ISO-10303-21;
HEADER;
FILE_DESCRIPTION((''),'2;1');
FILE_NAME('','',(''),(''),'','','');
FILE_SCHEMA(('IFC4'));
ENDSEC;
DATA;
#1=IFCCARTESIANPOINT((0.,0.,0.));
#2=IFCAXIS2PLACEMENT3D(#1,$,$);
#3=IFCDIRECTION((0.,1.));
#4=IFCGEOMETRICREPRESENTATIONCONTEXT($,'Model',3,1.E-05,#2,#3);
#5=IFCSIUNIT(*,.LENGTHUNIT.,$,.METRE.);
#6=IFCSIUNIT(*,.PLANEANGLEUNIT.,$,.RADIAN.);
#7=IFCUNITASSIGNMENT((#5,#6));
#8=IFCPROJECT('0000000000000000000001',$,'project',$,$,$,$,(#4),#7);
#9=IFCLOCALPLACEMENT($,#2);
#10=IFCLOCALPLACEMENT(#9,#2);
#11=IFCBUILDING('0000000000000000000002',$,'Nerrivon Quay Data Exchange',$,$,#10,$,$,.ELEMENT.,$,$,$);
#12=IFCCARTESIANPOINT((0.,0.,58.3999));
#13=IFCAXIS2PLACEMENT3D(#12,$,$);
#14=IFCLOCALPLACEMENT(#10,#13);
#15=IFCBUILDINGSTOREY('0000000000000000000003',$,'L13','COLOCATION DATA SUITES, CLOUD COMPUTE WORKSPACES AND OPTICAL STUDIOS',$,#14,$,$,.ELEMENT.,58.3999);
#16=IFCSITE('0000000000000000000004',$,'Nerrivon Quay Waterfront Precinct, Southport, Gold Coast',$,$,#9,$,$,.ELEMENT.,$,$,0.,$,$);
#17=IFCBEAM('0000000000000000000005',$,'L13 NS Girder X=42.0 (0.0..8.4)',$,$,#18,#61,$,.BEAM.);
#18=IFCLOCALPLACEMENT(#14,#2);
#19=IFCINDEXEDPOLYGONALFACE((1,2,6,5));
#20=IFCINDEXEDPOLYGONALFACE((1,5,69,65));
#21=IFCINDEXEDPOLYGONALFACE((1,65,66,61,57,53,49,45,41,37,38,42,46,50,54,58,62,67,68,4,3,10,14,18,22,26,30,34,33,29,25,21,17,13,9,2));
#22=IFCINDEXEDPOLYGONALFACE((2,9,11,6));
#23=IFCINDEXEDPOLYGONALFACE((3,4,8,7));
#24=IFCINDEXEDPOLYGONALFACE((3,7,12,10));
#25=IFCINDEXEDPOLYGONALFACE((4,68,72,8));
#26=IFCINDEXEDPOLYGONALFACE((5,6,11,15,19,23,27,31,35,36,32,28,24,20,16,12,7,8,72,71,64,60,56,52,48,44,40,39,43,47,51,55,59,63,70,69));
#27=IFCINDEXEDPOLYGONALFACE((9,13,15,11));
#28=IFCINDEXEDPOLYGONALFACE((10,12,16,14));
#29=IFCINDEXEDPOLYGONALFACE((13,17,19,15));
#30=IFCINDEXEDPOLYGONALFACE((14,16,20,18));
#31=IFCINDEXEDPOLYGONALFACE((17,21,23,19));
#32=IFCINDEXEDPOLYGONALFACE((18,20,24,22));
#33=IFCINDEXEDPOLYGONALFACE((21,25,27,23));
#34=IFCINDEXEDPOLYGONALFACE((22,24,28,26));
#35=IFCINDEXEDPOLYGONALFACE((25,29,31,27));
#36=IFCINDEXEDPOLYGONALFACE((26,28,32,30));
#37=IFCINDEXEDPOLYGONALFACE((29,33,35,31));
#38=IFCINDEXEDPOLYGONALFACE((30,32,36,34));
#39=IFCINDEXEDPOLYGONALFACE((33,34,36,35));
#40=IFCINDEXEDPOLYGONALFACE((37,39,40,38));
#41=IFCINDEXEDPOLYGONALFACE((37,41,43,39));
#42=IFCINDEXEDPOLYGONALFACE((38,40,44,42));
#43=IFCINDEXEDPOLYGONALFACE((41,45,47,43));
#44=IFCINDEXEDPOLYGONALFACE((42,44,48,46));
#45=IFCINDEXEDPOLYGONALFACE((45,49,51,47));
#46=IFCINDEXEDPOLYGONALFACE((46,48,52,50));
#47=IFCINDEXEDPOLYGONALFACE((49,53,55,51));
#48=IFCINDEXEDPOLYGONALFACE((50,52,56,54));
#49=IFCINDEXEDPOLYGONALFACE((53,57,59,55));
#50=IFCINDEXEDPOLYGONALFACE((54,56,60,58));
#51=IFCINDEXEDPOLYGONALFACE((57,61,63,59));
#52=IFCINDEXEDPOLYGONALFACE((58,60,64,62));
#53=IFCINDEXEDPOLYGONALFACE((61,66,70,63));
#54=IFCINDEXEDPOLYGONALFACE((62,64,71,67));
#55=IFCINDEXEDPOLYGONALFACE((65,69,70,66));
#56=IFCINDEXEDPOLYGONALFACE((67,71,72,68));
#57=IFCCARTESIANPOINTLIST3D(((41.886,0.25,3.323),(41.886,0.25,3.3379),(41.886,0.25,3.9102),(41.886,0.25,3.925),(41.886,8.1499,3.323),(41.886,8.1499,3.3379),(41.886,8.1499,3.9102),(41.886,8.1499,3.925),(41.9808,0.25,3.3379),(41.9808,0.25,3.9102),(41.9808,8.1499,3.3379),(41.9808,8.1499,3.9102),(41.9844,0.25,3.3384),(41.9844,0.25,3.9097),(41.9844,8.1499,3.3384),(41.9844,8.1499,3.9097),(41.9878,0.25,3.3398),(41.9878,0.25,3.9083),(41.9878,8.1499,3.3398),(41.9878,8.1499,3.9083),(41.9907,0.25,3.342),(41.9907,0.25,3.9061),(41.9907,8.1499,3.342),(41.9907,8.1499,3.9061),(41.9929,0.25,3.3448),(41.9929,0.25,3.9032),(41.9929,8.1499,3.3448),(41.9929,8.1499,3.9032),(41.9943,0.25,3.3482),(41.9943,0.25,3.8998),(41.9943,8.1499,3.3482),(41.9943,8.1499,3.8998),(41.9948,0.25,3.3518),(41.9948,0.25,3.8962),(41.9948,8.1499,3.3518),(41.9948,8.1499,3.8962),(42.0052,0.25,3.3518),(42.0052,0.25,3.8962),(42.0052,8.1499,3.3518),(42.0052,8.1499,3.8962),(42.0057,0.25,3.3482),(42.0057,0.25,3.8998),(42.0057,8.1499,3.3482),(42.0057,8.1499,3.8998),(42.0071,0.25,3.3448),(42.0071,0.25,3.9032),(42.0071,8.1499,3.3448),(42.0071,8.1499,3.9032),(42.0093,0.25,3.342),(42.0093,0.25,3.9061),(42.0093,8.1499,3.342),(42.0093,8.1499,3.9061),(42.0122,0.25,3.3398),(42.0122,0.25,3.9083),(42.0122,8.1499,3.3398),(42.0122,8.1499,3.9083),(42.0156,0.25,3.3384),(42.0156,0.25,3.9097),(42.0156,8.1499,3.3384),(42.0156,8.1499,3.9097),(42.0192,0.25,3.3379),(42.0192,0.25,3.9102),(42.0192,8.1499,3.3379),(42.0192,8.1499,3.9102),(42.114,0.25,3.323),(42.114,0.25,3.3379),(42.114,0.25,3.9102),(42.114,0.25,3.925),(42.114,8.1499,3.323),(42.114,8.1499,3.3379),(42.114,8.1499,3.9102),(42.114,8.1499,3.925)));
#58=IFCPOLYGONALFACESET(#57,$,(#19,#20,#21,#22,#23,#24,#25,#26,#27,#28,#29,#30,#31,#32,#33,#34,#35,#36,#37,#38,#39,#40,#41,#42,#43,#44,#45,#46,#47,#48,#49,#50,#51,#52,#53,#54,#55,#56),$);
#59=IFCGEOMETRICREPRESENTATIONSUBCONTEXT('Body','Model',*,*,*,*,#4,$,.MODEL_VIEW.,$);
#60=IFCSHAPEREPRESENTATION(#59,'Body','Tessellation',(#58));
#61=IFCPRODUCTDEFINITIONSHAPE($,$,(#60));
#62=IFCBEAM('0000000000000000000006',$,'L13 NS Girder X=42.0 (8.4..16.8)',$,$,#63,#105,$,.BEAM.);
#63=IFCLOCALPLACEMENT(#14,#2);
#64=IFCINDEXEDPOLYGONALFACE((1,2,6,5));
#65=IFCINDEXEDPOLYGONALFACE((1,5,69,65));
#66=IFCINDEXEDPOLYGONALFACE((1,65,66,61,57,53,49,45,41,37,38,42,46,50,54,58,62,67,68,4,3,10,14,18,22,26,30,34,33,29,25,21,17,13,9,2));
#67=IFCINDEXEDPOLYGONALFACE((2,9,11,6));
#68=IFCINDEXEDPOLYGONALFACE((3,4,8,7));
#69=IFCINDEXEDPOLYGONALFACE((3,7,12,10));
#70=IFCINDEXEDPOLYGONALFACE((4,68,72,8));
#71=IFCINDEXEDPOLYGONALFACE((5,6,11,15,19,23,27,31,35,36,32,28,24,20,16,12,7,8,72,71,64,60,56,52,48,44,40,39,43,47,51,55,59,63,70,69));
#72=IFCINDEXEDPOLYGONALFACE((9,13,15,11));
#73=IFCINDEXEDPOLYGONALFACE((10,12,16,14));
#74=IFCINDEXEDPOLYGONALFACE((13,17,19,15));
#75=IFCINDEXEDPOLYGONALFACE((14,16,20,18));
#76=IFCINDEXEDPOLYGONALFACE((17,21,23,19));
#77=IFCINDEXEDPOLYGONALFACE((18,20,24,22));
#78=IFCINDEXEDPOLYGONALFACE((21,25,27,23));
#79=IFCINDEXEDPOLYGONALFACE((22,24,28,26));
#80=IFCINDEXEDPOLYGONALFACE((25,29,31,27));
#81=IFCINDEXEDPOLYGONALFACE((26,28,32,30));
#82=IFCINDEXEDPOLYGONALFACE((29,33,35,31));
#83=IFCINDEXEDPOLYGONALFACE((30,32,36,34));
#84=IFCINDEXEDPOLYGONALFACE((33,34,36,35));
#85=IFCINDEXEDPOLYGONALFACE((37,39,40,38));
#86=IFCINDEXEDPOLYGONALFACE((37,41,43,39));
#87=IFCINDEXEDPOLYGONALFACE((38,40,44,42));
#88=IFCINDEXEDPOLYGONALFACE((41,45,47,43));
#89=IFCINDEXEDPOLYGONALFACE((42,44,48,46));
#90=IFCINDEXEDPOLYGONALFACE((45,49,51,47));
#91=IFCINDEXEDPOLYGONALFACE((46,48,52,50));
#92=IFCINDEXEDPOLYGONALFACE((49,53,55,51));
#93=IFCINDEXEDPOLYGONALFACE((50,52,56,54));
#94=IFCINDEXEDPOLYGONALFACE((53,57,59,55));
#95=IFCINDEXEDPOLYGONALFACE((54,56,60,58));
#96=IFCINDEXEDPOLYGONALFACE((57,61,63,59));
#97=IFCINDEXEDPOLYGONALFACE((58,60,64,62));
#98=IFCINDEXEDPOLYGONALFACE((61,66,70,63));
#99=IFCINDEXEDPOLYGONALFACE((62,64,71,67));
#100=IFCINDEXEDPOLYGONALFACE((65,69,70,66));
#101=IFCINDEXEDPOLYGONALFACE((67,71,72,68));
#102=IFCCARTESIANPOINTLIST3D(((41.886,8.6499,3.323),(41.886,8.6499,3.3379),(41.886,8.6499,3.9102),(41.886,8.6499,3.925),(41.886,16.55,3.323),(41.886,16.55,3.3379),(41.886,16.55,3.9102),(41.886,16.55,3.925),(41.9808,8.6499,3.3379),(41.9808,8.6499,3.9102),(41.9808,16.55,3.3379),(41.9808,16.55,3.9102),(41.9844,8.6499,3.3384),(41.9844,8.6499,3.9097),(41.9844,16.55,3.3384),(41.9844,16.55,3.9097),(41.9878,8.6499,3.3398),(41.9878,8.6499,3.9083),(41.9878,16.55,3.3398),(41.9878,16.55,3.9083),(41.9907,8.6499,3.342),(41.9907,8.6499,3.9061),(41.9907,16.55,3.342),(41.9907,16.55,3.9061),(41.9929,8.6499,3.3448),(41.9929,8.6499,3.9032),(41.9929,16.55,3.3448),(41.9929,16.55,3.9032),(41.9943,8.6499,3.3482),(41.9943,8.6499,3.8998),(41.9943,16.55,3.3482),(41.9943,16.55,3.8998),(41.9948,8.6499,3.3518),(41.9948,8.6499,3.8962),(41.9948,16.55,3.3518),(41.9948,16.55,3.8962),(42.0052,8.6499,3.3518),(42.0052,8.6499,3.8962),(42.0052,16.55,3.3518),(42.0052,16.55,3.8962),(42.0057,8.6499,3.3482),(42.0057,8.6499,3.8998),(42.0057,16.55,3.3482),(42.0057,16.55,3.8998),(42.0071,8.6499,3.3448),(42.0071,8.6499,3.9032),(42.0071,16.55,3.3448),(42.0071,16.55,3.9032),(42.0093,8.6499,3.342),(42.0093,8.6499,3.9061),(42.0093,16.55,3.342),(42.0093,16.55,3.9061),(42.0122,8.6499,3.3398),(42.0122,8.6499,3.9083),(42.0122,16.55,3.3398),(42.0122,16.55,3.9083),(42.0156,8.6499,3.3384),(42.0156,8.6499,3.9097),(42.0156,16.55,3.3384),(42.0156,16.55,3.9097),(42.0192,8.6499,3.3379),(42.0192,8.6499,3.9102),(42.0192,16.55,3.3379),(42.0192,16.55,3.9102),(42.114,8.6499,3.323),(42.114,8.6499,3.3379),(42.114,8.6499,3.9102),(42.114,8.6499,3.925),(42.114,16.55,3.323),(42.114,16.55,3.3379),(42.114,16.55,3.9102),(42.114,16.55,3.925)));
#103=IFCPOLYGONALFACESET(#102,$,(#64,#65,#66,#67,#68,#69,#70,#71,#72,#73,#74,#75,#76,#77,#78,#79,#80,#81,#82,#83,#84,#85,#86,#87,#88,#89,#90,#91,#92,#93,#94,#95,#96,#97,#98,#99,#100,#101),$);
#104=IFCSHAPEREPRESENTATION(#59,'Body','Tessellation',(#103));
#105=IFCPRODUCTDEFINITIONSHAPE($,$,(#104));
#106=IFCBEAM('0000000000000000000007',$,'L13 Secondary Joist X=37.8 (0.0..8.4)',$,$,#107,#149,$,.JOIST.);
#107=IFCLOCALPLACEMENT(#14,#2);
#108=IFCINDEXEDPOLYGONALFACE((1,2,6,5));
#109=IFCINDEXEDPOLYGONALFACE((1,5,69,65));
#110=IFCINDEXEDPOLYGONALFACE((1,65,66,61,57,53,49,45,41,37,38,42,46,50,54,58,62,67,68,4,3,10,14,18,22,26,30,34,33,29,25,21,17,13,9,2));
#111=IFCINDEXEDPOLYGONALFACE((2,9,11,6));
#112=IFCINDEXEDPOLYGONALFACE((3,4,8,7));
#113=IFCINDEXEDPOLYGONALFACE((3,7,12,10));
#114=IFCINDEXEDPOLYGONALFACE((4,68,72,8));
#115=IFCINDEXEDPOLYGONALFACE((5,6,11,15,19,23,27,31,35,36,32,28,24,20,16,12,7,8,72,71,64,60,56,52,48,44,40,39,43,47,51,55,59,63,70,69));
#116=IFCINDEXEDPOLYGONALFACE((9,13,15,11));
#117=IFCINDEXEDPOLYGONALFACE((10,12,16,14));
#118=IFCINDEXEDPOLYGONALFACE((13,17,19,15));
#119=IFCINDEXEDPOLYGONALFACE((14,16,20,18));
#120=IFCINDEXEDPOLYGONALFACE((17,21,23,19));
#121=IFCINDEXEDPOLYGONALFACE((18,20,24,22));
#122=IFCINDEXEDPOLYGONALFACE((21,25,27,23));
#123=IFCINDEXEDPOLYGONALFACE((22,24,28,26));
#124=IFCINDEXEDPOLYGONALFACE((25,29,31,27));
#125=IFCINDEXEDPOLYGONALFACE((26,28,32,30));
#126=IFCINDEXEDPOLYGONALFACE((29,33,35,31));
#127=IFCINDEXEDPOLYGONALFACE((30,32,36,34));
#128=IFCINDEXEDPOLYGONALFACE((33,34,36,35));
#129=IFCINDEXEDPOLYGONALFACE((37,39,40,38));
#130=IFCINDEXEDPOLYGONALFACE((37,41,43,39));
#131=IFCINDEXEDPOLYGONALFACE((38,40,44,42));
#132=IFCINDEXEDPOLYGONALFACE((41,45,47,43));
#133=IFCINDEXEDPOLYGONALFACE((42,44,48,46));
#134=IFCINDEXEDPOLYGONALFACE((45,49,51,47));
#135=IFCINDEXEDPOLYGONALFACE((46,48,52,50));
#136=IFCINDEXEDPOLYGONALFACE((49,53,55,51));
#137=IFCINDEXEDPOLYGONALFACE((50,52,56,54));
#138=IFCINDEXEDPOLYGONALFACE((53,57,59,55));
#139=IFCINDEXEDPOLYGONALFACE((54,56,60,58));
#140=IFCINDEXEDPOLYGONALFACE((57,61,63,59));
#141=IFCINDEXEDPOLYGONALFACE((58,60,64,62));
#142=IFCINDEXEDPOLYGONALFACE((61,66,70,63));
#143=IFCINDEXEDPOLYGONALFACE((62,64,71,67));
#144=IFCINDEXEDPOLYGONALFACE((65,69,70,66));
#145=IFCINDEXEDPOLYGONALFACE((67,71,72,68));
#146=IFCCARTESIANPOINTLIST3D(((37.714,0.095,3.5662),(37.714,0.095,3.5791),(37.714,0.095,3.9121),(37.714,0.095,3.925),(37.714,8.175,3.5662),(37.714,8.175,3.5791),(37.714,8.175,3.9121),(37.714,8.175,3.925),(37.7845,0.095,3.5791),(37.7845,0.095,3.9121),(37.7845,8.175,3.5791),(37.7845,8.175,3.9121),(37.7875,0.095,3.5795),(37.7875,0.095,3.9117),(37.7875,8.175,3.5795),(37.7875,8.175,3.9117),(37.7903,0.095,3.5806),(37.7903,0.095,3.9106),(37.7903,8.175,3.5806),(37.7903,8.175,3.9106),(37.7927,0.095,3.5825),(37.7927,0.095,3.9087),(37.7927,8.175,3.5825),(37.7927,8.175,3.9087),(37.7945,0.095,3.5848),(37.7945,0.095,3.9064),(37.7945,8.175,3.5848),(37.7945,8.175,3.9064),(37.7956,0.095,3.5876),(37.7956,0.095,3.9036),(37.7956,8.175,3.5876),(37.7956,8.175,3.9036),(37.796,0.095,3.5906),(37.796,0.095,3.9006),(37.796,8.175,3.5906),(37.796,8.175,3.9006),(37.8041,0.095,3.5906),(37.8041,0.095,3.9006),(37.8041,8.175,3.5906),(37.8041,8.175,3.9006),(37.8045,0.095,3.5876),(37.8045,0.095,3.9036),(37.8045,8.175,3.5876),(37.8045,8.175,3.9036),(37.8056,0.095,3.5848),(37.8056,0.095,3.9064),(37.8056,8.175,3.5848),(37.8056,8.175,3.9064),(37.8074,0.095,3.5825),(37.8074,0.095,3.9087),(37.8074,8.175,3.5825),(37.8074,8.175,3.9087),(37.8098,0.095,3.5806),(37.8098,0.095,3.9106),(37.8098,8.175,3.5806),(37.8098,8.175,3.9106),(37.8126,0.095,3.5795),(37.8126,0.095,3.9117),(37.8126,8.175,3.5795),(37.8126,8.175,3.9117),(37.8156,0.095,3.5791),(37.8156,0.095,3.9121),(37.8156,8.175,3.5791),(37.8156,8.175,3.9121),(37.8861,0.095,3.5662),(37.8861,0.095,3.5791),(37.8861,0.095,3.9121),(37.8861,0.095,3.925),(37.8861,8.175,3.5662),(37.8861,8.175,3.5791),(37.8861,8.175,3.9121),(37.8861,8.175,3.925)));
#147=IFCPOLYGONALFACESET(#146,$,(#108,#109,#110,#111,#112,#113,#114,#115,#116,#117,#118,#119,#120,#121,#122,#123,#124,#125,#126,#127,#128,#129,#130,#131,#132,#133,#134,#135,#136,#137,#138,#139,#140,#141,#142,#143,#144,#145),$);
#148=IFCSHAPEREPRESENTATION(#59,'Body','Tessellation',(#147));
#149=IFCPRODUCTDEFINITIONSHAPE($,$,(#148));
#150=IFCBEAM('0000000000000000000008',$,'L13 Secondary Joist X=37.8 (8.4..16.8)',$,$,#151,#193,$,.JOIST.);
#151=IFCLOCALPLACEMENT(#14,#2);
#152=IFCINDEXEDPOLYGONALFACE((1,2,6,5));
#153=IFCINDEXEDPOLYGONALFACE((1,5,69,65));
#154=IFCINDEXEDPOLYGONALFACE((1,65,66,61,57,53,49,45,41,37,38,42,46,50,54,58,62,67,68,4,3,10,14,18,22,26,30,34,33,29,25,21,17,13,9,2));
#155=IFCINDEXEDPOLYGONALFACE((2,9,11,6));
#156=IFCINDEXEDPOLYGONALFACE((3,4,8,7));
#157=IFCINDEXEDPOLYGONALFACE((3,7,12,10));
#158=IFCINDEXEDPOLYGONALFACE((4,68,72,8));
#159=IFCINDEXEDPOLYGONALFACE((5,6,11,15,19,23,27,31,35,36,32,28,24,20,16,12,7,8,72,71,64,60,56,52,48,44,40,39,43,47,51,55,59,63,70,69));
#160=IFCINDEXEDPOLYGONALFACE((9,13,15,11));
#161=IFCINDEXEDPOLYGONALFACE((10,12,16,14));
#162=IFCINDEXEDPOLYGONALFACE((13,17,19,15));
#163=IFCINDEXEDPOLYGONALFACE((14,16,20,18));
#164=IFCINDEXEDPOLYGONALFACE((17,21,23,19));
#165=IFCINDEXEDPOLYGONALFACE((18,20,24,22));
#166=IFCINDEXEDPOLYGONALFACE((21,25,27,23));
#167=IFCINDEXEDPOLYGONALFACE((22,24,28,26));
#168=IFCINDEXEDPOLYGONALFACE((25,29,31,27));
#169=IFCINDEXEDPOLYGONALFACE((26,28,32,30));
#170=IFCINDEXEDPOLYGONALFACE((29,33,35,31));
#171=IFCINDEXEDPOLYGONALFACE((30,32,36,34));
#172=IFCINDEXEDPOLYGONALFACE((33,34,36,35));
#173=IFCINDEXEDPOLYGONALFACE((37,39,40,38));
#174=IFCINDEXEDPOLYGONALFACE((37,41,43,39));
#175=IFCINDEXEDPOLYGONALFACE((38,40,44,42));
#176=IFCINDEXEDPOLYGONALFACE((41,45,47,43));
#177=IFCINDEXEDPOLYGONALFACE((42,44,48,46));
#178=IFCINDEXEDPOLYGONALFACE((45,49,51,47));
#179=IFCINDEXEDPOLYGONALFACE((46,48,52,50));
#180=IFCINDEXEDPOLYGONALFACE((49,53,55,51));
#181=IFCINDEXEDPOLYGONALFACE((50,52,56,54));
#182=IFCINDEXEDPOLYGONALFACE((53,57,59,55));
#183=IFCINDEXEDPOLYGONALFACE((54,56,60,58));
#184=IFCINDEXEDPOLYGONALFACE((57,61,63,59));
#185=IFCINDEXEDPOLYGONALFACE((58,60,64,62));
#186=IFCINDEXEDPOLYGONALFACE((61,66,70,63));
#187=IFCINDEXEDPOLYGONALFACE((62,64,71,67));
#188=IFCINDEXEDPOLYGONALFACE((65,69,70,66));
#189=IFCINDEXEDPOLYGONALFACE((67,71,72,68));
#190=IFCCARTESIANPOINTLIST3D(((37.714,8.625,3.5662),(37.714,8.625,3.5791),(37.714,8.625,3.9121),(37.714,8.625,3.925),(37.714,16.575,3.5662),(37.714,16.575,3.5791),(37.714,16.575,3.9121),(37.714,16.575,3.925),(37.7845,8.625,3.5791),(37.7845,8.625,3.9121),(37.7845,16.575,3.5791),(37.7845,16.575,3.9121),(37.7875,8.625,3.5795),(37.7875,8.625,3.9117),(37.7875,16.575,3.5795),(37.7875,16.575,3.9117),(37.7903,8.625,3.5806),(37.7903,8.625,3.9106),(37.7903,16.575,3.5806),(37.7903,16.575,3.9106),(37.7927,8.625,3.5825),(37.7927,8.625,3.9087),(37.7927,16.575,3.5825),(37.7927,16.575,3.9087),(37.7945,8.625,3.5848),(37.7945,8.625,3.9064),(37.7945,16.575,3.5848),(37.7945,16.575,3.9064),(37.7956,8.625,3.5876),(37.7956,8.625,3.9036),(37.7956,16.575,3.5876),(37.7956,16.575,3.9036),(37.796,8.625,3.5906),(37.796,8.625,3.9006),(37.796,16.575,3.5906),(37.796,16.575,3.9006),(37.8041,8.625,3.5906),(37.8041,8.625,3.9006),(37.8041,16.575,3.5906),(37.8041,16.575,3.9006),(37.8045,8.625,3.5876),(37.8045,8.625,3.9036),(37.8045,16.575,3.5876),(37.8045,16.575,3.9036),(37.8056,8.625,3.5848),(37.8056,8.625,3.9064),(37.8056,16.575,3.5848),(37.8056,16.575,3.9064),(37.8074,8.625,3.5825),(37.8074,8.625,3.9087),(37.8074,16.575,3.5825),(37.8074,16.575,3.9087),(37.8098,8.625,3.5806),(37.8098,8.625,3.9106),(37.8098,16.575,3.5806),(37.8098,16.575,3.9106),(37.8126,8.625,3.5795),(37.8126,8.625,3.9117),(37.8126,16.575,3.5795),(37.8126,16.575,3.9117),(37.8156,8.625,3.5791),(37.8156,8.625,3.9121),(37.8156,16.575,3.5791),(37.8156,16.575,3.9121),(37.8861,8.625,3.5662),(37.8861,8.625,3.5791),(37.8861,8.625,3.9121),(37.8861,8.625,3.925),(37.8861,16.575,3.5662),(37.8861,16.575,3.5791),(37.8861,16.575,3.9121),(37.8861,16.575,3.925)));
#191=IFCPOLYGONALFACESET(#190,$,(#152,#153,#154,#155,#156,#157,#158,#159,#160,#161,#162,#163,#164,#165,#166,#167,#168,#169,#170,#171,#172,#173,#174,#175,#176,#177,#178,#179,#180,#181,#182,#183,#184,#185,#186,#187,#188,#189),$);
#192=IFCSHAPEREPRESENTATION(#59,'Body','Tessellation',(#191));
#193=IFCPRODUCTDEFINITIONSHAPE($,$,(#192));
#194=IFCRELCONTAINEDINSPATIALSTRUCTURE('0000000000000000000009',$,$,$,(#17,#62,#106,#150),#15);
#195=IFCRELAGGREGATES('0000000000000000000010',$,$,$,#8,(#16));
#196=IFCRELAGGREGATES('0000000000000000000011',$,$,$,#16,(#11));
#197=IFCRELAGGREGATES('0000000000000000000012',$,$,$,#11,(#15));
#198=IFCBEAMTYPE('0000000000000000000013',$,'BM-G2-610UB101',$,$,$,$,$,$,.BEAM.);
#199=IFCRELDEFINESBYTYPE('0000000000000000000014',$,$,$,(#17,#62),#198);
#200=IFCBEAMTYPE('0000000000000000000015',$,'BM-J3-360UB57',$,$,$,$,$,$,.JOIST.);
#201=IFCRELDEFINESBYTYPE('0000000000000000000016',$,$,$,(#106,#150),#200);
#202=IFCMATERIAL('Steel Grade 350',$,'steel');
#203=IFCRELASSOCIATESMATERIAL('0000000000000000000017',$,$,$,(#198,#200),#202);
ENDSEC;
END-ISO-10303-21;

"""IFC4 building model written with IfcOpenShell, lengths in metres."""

from ifc_helpers import new_model, si_unit, direction, frame, origin, origin_2d, place, context, subcontext, project, spatial, i_section, extrude, material, material_profile, profile_set, type_object, element, save


model = new_model("IFC4")

# Units and contexts
model_context = context("Model", 3, precision=1e-05, world=origin(), true_north=direction((0.0, 1.0)))
body_context = subcontext(model_context, "Body", "Model", "MODEL_VIEW")
ifc_project = project(units=[si_unit("LENGTHUNIT", "METRE"), si_unit("PLANEANGLEUNIT", "RADIAN")], contexts=[model_context])

# Site, building, storey
site_placement = place(None, origin())
site = spatial("IfcSite", under=ifc_project, at=site_placement, Name="Nerrivon Quay Waterfront Precinct, Southport, Gold Coast", CompositionType="ELEMENT", RefElevation=0.0)
building_placement = place(site_placement, origin())
building = spatial("IfcBuilding", under=site, at=building_placement, Name="Nerrivon Quay Data Exchange", CompositionType="ELEMENT")
storey_placement = place(building_placement, frame((0.0, 0.0, 58.3999)))
storey = spatial("IfcBuildingStorey", under=building, at=storey_placement, Name="L13", Description="COLOCATION DATA SUITES, CLOUD COMPUTE WORKSPACES AND OPTICAL STUDIOS", CompositionType="ELEMENT", Elevation=58.3999)

# Shared definitions
ifc_material_1 = material(Name="Steel Grade 350", Category="steel")

# Beams
ifc_material_profile_1 = material_profile(ifc_material_1, i_section(OverallWidth=0.228, OverallDepth=0.6021, WebThickness=0.0105, FlangeThickness=0.0149, FilletRadius=0.0139, at=origin_2d()), Name="610UB101")
ifc_profile_set_1 = profile_set([ifc_material_profile_1], Name="Steel Grade 350")
beam_type_1 = type_object("IfcBeamType", Name="BM-G2-610UB101", PredefinedType="BEAM", material=ifc_profile_set_1)
beam_1_placement = place(storey_placement, frame((42.0, 0.25, 3.624), z_axis=(0.0, 1.0, 0.0), x_axis=(-1.0, 0.0, 0.0)))
element("IfcBeam", 1, at=beam_1_placement, inside=storey, type_object=beam_type_1, Name="L13 NS Girder X=42.0 (0.0..8.4)", PredefinedType="BEAM", context=body_context, shape_type="SweptSolid", body=[
    extrude(i_section(OverallWidth=0.228, OverallDepth=0.6021, WebThickness=0.0105, FlangeThickness=0.0149, FilletRadius=0.0139, at=origin_2d()), origin(), (0.0, 0.0, 1.0), 7.8999),
])
beam_2_placement = place(storey_placement, frame((42.0, 8.6499, 3.624), z_axis=(0.0, 1.0, 0.0), x_axis=(-1.0, 0.0, 0.0)))
element("IfcBeam", 2, at=beam_2_placement, inside=storey, type_object=beam_type_1, Name="L13 NS Girder X=42.0 (8.4..16.8)", PredefinedType="BEAM", context=body_context, shape_type="SweptSolid", body=[
    extrude(i_section(OverallWidth=0.228, OverallDepth=0.6021, WebThickness=0.0105, FlangeThickness=0.0149, FilletRadius=0.0139, at=origin_2d()), origin(), (0.0, 0.0, 1.0), 7.9001),
])
ifc_material_profile_2 = material_profile(ifc_material_1, i_section(OverallWidth=0.1721, OverallDepth=0.3589, WebThickness=0.0081, FlangeThickness=0.0129, FilletRadius=0.0115, at=origin_2d()), Name="360UB56.7")
ifc_profile_set_2 = profile_set([ifc_material_profile_2], Name="Steel Grade 350")
beam_type_2 = type_object("IfcBeamType", Name="BM-J3-360UB57", PredefinedType="JOIST", material=ifc_profile_set_2)
beam_3_placement = place(storey_placement, frame((37.8, 0.095, 3.7456), z_axis=(0.0, 1.0, 0.0), x_axis=(-1.0, 0.0, 0.0)))
element("IfcBeam", 3, at=beam_3_placement, inside=storey, type_object=beam_type_2, Name="L13 Secondary Joist X=37.8 (0.0..8.4)", PredefinedType="JOIST", context=body_context, shape_type="SweptSolid", body=[
    extrude(i_section(OverallWidth=0.1721, OverallDepth=0.3589, WebThickness=0.0081, FlangeThickness=0.0129, FilletRadius=0.0115, at=origin_2d()), origin(), (0.0, 0.0, 1.0), 8.0801),
])
beam_4_placement = place(storey_placement, frame((37.8, 8.625, 3.7456), z_axis=(0.0, 1.0, 0.0), x_axis=(-1.0, 0.0, 0.0)))
element("IfcBeam", 4, at=beam_4_placement, inside=storey, type_object=beam_type_2, Name="L13 Secondary Joist X=37.8 (8.4..16.8)", PredefinedType="JOIST", context=body_context, shape_type="SweptSolid", body=[
    extrude(i_section(OverallWidth=0.1721, OverallDepth=0.3589, WebThickness=0.0081, FlangeThickness=0.0129, FilletRadius=0.0115, at=origin_2d()), origin(), (0.0, 0.0, 1.0), 7.95),
])

save(model, "model.ifc")
